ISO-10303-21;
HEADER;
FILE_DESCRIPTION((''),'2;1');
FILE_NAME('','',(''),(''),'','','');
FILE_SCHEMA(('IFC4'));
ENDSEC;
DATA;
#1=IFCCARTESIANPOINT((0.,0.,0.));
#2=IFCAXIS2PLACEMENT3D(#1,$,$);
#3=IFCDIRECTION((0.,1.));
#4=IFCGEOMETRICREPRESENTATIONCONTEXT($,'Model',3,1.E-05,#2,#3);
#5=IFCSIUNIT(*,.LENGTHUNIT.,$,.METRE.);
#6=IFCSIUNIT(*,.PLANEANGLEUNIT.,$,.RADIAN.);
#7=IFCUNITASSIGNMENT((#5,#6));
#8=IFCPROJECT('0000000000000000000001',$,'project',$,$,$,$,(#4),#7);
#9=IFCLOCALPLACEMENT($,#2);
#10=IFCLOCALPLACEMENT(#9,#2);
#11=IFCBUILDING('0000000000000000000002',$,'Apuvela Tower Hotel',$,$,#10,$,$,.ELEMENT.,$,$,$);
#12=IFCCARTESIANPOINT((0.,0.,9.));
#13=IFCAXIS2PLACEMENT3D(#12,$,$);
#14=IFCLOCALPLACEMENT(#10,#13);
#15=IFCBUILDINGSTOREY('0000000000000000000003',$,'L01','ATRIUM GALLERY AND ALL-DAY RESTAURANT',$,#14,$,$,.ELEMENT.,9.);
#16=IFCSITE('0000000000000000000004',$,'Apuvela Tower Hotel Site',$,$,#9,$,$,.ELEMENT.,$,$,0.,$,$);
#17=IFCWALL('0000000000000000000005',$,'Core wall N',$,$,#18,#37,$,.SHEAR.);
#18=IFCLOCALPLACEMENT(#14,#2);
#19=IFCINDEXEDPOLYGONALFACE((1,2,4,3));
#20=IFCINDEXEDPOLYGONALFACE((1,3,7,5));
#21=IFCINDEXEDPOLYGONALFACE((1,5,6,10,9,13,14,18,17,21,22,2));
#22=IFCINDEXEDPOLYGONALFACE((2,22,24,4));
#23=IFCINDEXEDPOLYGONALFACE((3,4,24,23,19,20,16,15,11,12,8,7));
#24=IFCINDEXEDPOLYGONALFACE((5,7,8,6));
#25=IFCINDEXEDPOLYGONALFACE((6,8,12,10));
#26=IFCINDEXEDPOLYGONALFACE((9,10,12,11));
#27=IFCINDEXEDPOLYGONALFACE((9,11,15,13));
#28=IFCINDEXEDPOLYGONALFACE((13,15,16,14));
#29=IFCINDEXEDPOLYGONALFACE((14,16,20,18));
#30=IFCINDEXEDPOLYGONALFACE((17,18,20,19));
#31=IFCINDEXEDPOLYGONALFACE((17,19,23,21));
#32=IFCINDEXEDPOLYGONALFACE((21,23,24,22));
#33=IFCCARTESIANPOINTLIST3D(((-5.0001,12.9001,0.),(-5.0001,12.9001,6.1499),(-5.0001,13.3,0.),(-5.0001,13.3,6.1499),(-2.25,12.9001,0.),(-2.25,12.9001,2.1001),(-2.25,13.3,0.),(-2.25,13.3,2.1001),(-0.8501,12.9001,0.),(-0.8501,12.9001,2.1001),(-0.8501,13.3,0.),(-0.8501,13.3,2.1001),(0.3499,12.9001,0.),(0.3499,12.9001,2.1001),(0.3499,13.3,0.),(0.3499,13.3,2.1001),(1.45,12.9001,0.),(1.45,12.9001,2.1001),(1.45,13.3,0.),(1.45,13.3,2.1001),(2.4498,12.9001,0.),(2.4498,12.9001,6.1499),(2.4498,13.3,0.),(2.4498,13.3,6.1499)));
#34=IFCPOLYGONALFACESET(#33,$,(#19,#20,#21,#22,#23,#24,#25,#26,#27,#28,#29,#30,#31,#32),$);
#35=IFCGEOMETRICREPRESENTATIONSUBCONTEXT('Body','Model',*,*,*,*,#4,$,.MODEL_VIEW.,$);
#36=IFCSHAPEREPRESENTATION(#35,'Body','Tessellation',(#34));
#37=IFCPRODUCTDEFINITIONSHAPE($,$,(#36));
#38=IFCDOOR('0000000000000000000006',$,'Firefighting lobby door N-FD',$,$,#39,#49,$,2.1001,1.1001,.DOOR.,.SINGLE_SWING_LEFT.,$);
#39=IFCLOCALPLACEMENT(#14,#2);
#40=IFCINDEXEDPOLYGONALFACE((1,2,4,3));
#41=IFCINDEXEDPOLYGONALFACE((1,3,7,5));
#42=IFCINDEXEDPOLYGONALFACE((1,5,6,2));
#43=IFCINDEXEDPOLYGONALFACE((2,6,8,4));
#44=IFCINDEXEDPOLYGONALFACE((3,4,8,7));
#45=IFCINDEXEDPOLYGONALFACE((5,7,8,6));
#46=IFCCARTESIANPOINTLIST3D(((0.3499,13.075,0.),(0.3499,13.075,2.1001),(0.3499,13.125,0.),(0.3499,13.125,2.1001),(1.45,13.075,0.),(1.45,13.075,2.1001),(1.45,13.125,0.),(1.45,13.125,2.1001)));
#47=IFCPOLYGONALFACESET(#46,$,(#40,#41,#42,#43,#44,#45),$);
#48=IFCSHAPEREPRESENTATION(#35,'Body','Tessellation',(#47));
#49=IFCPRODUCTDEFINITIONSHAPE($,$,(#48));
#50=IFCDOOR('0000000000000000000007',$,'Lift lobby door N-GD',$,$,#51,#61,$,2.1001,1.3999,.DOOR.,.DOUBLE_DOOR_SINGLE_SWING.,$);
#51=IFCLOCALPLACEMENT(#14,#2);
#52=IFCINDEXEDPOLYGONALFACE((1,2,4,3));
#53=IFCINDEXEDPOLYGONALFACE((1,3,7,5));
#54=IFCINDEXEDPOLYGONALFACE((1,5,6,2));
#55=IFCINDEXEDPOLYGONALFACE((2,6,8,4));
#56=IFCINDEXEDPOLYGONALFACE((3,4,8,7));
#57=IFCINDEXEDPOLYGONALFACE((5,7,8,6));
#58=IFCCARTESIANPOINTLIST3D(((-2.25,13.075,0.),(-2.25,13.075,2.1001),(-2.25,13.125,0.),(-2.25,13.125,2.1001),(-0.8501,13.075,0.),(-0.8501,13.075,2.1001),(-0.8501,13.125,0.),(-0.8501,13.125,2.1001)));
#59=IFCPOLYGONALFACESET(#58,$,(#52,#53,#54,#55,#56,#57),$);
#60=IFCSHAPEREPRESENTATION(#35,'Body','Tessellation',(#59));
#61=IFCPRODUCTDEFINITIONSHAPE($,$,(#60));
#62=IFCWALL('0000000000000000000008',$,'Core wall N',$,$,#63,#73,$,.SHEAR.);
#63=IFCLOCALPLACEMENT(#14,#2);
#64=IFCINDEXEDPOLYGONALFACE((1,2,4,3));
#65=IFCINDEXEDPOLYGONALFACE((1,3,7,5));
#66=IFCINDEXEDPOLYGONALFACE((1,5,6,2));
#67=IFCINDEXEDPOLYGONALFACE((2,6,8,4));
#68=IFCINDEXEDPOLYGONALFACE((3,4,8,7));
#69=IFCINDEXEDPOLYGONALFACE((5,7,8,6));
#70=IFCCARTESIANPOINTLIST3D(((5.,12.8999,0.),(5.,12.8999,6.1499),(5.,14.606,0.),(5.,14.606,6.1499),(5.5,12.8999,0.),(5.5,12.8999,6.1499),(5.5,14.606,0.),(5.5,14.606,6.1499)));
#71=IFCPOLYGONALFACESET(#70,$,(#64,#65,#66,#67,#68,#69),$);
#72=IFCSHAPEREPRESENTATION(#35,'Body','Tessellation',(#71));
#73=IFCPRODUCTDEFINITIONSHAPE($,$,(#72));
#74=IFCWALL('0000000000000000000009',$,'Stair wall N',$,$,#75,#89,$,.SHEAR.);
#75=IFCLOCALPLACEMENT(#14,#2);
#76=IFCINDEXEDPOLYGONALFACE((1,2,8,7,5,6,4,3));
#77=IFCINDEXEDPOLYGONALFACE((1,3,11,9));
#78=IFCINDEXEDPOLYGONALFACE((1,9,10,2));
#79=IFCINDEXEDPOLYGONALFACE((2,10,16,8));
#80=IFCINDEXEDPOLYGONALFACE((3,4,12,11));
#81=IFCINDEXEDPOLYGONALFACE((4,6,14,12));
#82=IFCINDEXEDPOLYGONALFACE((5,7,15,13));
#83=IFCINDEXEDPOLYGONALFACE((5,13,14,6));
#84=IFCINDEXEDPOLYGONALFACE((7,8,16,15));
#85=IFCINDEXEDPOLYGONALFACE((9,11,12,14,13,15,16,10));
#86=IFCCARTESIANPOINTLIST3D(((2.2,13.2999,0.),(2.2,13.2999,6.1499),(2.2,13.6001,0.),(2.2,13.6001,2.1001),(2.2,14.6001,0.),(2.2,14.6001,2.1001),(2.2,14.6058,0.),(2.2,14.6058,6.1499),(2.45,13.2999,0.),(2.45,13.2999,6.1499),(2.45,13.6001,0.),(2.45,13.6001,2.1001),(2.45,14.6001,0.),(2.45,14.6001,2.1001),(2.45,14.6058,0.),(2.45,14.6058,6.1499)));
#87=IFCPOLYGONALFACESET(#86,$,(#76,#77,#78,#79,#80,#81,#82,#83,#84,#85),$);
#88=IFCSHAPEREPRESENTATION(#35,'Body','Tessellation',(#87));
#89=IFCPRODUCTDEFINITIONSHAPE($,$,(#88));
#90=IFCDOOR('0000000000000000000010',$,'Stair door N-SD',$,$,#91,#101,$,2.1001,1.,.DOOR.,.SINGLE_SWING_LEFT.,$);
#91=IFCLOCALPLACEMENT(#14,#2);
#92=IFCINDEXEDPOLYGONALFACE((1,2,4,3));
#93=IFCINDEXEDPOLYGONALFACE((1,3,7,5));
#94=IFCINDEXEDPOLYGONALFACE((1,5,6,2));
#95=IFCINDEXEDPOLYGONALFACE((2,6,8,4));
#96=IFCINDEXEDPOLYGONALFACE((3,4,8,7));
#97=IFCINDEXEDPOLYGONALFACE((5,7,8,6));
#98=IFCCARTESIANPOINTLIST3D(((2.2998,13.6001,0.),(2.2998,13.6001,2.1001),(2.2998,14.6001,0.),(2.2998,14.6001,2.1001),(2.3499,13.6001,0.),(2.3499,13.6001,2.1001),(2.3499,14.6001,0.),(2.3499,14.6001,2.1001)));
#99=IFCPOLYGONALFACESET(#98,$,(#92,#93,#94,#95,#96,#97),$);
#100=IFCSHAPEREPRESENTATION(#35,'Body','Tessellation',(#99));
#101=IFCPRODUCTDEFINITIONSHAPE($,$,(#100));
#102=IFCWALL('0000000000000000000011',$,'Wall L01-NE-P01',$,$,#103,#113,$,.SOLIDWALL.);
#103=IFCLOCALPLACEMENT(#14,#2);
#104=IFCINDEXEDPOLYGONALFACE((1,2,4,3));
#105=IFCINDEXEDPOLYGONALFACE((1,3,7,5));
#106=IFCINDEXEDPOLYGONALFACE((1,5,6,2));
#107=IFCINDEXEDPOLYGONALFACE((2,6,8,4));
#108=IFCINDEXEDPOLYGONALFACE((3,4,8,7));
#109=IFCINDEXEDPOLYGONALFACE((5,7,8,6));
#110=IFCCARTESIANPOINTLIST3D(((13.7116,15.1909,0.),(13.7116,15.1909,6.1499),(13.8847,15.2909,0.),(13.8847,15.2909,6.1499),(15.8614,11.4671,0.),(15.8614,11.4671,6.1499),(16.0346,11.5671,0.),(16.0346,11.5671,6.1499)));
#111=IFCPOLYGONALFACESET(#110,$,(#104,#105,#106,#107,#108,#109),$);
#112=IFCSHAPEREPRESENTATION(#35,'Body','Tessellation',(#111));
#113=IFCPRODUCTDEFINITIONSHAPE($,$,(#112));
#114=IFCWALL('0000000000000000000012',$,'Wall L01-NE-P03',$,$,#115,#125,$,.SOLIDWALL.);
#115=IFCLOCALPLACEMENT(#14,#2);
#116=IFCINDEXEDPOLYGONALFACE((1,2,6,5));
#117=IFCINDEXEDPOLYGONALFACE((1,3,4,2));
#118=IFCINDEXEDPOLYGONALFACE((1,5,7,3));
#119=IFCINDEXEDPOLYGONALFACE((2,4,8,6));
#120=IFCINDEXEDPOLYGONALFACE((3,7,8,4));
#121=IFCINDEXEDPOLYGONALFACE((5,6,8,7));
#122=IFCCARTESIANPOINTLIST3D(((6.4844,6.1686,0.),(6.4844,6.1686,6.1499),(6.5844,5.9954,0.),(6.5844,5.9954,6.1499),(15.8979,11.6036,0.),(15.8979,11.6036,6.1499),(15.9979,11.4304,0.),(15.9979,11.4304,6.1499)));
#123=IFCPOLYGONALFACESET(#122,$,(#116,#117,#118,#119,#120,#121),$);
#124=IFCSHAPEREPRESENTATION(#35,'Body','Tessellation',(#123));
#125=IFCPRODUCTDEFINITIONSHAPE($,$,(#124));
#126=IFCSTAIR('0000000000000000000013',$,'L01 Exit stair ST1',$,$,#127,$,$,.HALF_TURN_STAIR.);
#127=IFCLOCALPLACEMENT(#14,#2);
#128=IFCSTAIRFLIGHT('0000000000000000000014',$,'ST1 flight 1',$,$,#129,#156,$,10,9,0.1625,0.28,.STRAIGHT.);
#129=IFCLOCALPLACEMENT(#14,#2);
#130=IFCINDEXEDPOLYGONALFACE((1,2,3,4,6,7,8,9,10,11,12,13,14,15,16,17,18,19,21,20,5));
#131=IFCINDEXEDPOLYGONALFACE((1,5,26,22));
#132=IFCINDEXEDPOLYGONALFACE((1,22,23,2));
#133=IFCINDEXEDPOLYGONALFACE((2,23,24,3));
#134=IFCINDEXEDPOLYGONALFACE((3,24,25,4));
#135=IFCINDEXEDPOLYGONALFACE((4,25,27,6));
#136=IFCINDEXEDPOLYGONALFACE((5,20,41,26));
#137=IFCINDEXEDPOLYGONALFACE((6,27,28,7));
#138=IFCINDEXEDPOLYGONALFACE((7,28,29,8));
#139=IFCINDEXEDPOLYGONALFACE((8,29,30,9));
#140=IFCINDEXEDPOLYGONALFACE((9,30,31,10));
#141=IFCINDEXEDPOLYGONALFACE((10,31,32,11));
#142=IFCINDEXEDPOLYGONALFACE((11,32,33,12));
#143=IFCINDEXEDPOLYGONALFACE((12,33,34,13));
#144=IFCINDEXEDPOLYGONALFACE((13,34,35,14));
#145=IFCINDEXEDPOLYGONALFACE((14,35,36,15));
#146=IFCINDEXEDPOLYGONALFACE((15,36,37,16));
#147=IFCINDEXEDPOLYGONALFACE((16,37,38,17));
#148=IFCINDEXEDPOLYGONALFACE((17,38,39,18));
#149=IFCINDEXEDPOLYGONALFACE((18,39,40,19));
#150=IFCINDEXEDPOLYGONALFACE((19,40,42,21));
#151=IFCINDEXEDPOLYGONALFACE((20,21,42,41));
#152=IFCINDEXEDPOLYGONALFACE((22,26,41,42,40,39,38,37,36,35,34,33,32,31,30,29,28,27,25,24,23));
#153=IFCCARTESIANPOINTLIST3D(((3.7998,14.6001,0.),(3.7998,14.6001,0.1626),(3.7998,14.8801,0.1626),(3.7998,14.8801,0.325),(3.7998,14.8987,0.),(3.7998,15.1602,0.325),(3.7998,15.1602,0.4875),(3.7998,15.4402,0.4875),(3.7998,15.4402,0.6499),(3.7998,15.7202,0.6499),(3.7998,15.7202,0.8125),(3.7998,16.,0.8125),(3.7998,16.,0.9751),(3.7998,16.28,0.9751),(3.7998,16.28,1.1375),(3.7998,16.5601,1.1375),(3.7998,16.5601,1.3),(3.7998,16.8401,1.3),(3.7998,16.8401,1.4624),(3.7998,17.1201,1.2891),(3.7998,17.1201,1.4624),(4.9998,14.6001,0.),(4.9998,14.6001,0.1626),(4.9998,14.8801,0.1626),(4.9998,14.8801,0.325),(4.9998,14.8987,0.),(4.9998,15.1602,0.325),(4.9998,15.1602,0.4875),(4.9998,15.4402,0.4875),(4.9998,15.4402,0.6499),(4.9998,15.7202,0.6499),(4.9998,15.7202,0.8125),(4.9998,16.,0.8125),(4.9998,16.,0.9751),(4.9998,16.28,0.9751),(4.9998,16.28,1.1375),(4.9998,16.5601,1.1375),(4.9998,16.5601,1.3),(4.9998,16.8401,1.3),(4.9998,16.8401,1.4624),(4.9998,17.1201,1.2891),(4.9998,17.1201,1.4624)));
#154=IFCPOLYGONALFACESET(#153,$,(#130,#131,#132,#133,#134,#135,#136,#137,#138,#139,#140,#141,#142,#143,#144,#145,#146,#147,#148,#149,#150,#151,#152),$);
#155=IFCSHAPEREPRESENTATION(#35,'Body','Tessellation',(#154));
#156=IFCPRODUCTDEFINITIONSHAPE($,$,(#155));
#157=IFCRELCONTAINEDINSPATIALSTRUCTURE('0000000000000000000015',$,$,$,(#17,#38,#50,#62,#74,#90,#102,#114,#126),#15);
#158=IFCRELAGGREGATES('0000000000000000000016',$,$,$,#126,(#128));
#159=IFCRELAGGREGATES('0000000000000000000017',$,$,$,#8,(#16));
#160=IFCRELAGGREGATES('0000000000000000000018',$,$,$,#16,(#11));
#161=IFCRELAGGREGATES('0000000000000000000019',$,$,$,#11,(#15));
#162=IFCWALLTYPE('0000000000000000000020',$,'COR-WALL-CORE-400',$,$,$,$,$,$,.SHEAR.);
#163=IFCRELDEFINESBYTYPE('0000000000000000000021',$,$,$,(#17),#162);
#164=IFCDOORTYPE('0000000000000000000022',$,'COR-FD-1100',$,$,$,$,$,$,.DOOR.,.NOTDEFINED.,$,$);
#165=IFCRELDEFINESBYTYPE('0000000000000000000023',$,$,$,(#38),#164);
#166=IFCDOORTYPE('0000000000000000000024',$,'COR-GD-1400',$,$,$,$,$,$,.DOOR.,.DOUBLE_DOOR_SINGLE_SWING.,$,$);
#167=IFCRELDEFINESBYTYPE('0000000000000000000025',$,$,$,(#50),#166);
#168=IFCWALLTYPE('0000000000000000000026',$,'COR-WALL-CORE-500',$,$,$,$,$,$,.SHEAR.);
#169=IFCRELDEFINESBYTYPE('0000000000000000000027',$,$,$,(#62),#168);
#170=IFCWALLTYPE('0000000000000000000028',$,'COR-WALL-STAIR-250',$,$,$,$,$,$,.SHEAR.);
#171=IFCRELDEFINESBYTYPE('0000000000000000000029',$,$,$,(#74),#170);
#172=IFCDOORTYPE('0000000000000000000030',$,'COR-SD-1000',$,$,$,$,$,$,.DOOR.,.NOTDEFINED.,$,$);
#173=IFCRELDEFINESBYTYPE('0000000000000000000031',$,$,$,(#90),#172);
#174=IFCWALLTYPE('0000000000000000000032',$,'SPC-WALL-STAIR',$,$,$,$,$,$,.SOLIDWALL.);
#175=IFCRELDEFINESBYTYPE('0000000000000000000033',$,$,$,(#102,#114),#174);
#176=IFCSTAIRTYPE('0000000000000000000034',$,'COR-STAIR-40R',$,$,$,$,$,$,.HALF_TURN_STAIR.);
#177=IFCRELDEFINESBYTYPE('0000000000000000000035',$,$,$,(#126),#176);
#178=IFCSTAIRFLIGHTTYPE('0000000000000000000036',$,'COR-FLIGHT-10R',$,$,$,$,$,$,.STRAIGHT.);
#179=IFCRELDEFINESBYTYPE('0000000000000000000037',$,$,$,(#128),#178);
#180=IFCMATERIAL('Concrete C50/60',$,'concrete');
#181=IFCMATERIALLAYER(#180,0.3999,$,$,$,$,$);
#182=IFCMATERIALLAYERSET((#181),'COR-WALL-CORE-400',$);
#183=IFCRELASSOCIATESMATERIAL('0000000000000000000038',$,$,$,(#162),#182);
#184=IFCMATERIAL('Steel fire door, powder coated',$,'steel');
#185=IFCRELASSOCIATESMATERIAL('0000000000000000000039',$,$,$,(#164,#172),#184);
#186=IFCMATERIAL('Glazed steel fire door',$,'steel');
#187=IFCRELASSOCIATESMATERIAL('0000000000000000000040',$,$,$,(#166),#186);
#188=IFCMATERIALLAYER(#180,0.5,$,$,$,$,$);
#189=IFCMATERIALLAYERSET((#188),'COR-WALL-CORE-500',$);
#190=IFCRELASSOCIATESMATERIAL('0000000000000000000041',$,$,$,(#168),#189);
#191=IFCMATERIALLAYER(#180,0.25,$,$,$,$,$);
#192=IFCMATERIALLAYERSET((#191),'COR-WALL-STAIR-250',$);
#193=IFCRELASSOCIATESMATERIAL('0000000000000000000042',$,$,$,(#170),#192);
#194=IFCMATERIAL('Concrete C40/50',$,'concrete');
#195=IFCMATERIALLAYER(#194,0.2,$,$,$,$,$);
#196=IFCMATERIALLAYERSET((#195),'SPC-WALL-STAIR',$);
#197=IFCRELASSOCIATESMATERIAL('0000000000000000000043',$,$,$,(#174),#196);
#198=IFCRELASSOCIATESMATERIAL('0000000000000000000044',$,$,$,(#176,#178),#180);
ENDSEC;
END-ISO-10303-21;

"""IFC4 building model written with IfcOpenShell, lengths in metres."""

from ifc_helpers import new_model, si_unit, direction, frame, frame_2d, origin, place, context, subcontext, project, spatial, polyline, rectangle, outline, extrude, material, layer, layer_set, type_object, element, fill, aggregate, save


model = new_model("IFC4")

# Units and contexts
model_context = context("Model", 3, precision=1e-05, world=origin(), true_north=direction((0.0, 1.0)))
body_context = subcontext(model_context, "Body", "Model", "MODEL_VIEW")
ifc_project = project(units=[si_unit("LENGTHUNIT", "METRE"), si_unit("PLANEANGLEUNIT", "RADIAN")], contexts=[model_context])

# Site, building, storey
site_placement = place(None, origin())
site = spatial("IfcSite", under=ifc_project, at=site_placement, Name="Apuvela Tower Hotel Site", CompositionType="ELEMENT", RefElevation=0.0)
building_placement = place(site_placement, origin())
building = spatial("IfcBuilding", under=site, at=building_placement, Name="Apuvela Tower Hotel", CompositionType="ELEMENT")
storey_placement = place(building_placement, frame((0.0, 0.0, 9.0)))
storey = spatial("IfcBuildingStorey", under=building, at=storey_placement, Name="L01", Description="ATRIUM GALLERY AND ALL-DAY RESTAURANT", CompositionType="ELEMENT", Elevation=9.0)

# Shared definitions
ifc_material_1 = material(Name="Concrete C40/50", Category="concrete")

# Shared definitions
ifc_material_2 = material(Name="Concrete C50/60", Category="concrete")
ifc_layer_1 = layer(ifc_material_2, 0.3999)
ifc_layer_set_1 = layer_set([ifc_layer_1], Name="COR-WALL-CORE-400")
wall_type_1 = type_object("IfcWallType", Name="COR-WALL-CORE-400", PredefinedType="SHEAR", material=ifc_layer_set_1)

# Wall, openings, doors
wall_1_placement = place(storey_placement, frame((2.45, 13.1001, 0.0), z_axis=(0.0, 0.0, 1.0), x_axis=(-1.0, 0.0, 0.0)))
wall_1 = element("IfcWall", 1, at=wall_1_placement, inside=storey, type_object=wall_type_1, Name="Core wall N", PredefinedType="SHEAR", context=body_context, shape_type="SweptSolid", body=[
    extrude(rectangle(XDim=7.45, YDim=0.3999, at=frame_2d((3.7251, 0.0))), origin(), (0.0, 0.0, 1.0), 6.1499),
])
opening_1_placement = place(wall_1_placement, frame((1.0, 0.0, 0.0)))
opening_1 = element("IfcOpeningElement", 2, at=opening_1_placement, cuts=wall_1, PredefinedType="OPENING", context=body_context, shape_type="SweptSolid", body=[
    extrude(rectangle(XDim=1.1001, YDim=2.1001, at=frame_2d((0.55, 1.05))), frame((0.0, 0.21, 0.0), z_axis=(0.0, -1.0, 0.0), x_axis=(1.0, 0.0, 0.0)), (0.0, 0.0, 1.0), 0.4199),
])
opening_2_placement = place(wall_1_placement, frame((3.3, 0.0, 0.0)))
opening_2 = element("IfcOpeningElement", 3, at=opening_2_placement, cuts=wall_1, PredefinedType="OPENING", context=body_context, shape_type="SweptSolid", body=[
    extrude(rectangle(XDim=1.3999, YDim=2.1001, at=frame_2d((0.7, 1.05))), frame((0.0, 0.21, 0.0), z_axis=(0.0, -1.0, 0.0), x_axis=(1.0, 0.0, 0.0)), (0.0, 0.0, 1.0), 0.4199),
])
ifc_material_3 = material(Name="Steel fire door, powder coated", Category="steel")
door_type_1 = type_object("IfcDoorType", Name="COR-FD-1100", OperationType="NOTDEFINED", PredefinedType="DOOR", material=ifc_material_3)
door_1_placement = place(opening_1_placement, frame((1.1001, 0.0, 0.0), z_axis=(0.0, 0.0, 1.0), x_axis=(-1.0, 0.0, 0.0)))
door_1 = element("IfcDoor", 4, at=door_1_placement, inside=storey, type_object=door_type_1, Name="Firefighting lobby door N-FD", OperationType="SINGLE_SWING_LEFT", OverallHeight=2.1001, OverallWidth=1.1001, PredefinedType="DOOR", context=body_context, shape_type="SweptSolid", body=[
    extrude(rectangle(XDim=1.1001, YDim=2.1001, at=frame_2d((0.55, 1.05))), frame((0.0, 0.0249, 0.0), z_axis=(0.0, -1.0, 0.0), x_axis=(1.0, 0.0, 0.0)), (0.0, 0.0, 1.0), 0.05),
])
fill(opening_1, door_1)
ifc_material_4 = material(Name="Glazed steel fire door", Category="steel")
door_type_2 = type_object("IfcDoorType", Name="COR-GD-1400", OperationType="DOUBLE_DOOR_SINGLE_SWING", PredefinedType="DOOR", material=ifc_material_4)
door_2_placement = place(opening_2_placement, frame((1.3999, 0.0, 0.0), z_axis=(0.0, 0.0, 1.0), x_axis=(-1.0, 0.0, 0.0)))
door_2 = element("IfcDoor", 5, at=door_2_placement, inside=storey, type_object=door_type_2, Name="Lift lobby door N-GD", OperationType="DOUBLE_DOOR_SINGLE_SWING", OverallHeight=2.1001, OverallWidth=1.3999, PredefinedType="DOOR", context=body_context, shape_type="SweptSolid", body=[
    extrude(rectangle(XDim=1.3999, YDim=2.1001, at=frame_2d((0.7, 1.05))), frame((0.0, 0.0249, 0.0), z_axis=(0.0, -1.0, 0.0), x_axis=(1.0, 0.0, 0.0)), (0.0, 0.0, 1.0), 0.05),
])
fill(opening_2, door_2)

# Wall
ifc_layer_2 = layer(ifc_material_2, 0.5)
ifc_layer_set_2 = layer_set([ifc_layer_2], Name="COR-WALL-CORE-500")
wall_type_2 = type_object("IfcWallType", Name="COR-WALL-CORE-500", PredefinedType="SHEAR", material=ifc_layer_set_2)
wall_2_placement = place(storey_placement, frame((5.25, 12.8999, 0.0), z_axis=(0.0, 0.0, 1.0), x_axis=(0.0, 1.0, 0.0)))
element("IfcWall", 6, at=wall_2_placement, inside=storey, type_object=wall_type_2, Name="Core wall N", PredefinedType="SHEAR", context=body_context, shape_type="SweptSolid", body=[
    extrude(rectangle(XDim=1.7061, YDim=0.5, at=frame_2d((0.853, 0.0))), origin(), (0.0, 0.0, 1.0), 6.1499),
])

# Wall, opening, door
ifc_layer_3 = layer(ifc_material_2, 0.25)
ifc_layer_set_3 = layer_set([ifc_layer_3], Name="COR-WALL-STAIR-250")
wall_type_3 = type_object("IfcWallType", Name="COR-WALL-STAIR-250", PredefinedType="SHEAR", material=ifc_layer_set_3)
wall_3_placement = place(storey_placement, frame((2.325, 13.3, 0.0), z_axis=(0.0, 0.0, 1.0), x_axis=(0.0, 1.0, 0.0)))
wall_3 = element("IfcWall", 7, at=wall_3_placement, inside=storey, type_object=wall_type_3, Name="Stair wall N", PredefinedType="SHEAR", context=body_context, shape_type="SweptSolid", body=[
    extrude(rectangle(XDim=1.3059, YDim=0.25, at=frame_2d((0.6528, 0.0))), origin(), (0.0, 0.0, 1.0), 6.1499),
])
opening_3_placement = place(wall_3_placement, frame((0.3, 0.0, 0.0)))
opening_3 = element("IfcOpeningElement", 8, at=opening_3_placement, cuts=wall_3, PredefinedType="OPENING", context=body_context, shape_type="SweptSolid", body=[
    extrude(rectangle(XDim=1.0, YDim=2.1001, at=frame_2d((0.5, 1.05))), frame((0.0, 0.135, 0.0), z_axis=(0.0, -1.0, 0.0), x_axis=(1.0, 0.0, 0.0)), (0.0, 0.0, 1.0), 0.27),
])
door_type_3 = type_object("IfcDoorType", Name="COR-SD-1000", OperationType="NOTDEFINED", PredefinedType="DOOR", material=ifc_material_3)
door_3_placement = place(opening_3_placement, frame((1.0, 0.0, 0.0), z_axis=(0.0, 0.0, 1.0), x_axis=(-1.0, 0.0, 0.0)))
door_3 = element("IfcDoor", 9, at=door_3_placement, inside=storey, type_object=door_type_3, Name="Stair door N-SD", OperationType="SINGLE_SWING_LEFT", OverallHeight=2.1001, OverallWidth=1.0, PredefinedType="DOOR", context=body_context, shape_type="SweptSolid", body=[
    extrude(rectangle(XDim=1.0, YDim=2.1001, at=frame_2d((0.5, 1.05))), frame((0.0, 0.0249, 0.0), z_axis=(0.0, -1.0, 0.0), x_axis=(1.0, 0.0, 0.0)), (0.0, 0.0, 1.0), 0.05),
])
fill(opening_3, door_3)

# Walls
ifc_layer_4 = layer(ifc_material_1, 0.2)
ifc_layer_set_4 = layer_set([ifc_layer_4], Name="SPC-WALL-STAIR")
wall_type_4 = type_object("IfcWallType", Name="SPC-WALL-STAIR", PredefinedType="SOLIDWALL", material=ifc_layer_set_4)
wall_4_placement = place(storey_placement, frame((15.948, 11.5171, 0.0), z_axis=(0.0, 0.0, 1.0), x_axis=(-0.499986, 0.866033, 0.0)))
element("IfcWall", 10, at=wall_4_placement, inside=storey, type_object=wall_type_4, Name="Wall L01-NE-P01", PredefinedType="SOLIDWALL", context=body_context, shape_type="SweptSolid", body=[
    extrude(rectangle(XDim=4.2998, YDim=0.2, at=frame_2d((2.1499, 0.0))), origin(), (0.0, 0.0, 1.0), 6.1499),
])
wall_5_placement = place(storey_placement, frame((15.948, 11.5171, 0.0), z_axis=(0.0, 0.0, 1.0), x_axis=(-0.86602, -0.500009, 0.0)))
element("IfcWall", 11, at=wall_5_placement, inside=storey, type_object=wall_type_4, Name="Wall L01-NE-P03", PredefinedType="SOLIDWALL", context=body_context, shape_type="SweptSolid", body=[
    extrude(rectangle(XDim=10.8699, YDim=0.2, at=frame_2d((5.4351, 0.0))), origin(), (0.0, 0.0, 1.0), 6.1499),
])

# Stair, stair flight
stair_type_1 = type_object("IfcStairType", Name="COR-STAIR-40R", PredefinedType="HALF_TURN_STAIR", material=ifc_material_2)
stair_1_placement = place(storey_placement, origin())
stair_1 = element("IfcStair", 12, at=stair_1_placement, inside=storey, type_object=stair_type_1, Name="L01 Exit stair ST1", PredefinedType="HALF_TURN_STAIR")
stair_flight_type_1 = type_object("IfcStairFlightType", Name="COR-FLIGHT-10R", PredefinedType="STRAIGHT", material=ifc_material_2)
stair_flight_1_placement = place(storey_placement, frame((4.3999, 14.6001, 0.0), z_axis=(0.0, 0.0, 1.0), x_axis=(0.0, 1.0, 0.0)))
stair_flight_1 = element("IfcStairFlight", 13, at=stair_flight_1_placement, type_object=stair_flight_type_1, Name="ST1 flight 1", NumberOfRisers=10, NumberOfTreads=9, PredefinedType="STRAIGHT", RiserHeight=0.1625, TreadLength=0.28, context=body_context, shape_type="SweptSolid", body=[
    extrude(outline(polyline([(0.0, 0.0), (0.0, 0.1626), (0.28, 0.1626), (0.28, 0.325), (0.5601, 0.325), (0.5601, 0.4875), (0.8401, 0.4875), (0.8401, 0.6499), (1.1201, 0.6499), (1.1201, 0.8125), (1.3999, 0.8125), (1.3999, 0.9751), (1.6799, 0.9751), (1.6799, 1.1375), (1.96, 1.1375), (1.96, 1.3), (2.24, 1.3), (2.24, 1.4624), (2.52, 1.4624), (2.52, 1.625), (2.52, 1.2891), (0.2986, 0.0), (0.0, 0.0)])), frame((0.0, 0.6001, 0.0), z_axis=(0.0, -1.0, 0.0), x_axis=(1.0, 0.0, 0.0)), (0.0, 0.0, 1.0), 1.2),
])
aggregate(stair_1, [stair_flight_1])

save(model, "model.ifc")
